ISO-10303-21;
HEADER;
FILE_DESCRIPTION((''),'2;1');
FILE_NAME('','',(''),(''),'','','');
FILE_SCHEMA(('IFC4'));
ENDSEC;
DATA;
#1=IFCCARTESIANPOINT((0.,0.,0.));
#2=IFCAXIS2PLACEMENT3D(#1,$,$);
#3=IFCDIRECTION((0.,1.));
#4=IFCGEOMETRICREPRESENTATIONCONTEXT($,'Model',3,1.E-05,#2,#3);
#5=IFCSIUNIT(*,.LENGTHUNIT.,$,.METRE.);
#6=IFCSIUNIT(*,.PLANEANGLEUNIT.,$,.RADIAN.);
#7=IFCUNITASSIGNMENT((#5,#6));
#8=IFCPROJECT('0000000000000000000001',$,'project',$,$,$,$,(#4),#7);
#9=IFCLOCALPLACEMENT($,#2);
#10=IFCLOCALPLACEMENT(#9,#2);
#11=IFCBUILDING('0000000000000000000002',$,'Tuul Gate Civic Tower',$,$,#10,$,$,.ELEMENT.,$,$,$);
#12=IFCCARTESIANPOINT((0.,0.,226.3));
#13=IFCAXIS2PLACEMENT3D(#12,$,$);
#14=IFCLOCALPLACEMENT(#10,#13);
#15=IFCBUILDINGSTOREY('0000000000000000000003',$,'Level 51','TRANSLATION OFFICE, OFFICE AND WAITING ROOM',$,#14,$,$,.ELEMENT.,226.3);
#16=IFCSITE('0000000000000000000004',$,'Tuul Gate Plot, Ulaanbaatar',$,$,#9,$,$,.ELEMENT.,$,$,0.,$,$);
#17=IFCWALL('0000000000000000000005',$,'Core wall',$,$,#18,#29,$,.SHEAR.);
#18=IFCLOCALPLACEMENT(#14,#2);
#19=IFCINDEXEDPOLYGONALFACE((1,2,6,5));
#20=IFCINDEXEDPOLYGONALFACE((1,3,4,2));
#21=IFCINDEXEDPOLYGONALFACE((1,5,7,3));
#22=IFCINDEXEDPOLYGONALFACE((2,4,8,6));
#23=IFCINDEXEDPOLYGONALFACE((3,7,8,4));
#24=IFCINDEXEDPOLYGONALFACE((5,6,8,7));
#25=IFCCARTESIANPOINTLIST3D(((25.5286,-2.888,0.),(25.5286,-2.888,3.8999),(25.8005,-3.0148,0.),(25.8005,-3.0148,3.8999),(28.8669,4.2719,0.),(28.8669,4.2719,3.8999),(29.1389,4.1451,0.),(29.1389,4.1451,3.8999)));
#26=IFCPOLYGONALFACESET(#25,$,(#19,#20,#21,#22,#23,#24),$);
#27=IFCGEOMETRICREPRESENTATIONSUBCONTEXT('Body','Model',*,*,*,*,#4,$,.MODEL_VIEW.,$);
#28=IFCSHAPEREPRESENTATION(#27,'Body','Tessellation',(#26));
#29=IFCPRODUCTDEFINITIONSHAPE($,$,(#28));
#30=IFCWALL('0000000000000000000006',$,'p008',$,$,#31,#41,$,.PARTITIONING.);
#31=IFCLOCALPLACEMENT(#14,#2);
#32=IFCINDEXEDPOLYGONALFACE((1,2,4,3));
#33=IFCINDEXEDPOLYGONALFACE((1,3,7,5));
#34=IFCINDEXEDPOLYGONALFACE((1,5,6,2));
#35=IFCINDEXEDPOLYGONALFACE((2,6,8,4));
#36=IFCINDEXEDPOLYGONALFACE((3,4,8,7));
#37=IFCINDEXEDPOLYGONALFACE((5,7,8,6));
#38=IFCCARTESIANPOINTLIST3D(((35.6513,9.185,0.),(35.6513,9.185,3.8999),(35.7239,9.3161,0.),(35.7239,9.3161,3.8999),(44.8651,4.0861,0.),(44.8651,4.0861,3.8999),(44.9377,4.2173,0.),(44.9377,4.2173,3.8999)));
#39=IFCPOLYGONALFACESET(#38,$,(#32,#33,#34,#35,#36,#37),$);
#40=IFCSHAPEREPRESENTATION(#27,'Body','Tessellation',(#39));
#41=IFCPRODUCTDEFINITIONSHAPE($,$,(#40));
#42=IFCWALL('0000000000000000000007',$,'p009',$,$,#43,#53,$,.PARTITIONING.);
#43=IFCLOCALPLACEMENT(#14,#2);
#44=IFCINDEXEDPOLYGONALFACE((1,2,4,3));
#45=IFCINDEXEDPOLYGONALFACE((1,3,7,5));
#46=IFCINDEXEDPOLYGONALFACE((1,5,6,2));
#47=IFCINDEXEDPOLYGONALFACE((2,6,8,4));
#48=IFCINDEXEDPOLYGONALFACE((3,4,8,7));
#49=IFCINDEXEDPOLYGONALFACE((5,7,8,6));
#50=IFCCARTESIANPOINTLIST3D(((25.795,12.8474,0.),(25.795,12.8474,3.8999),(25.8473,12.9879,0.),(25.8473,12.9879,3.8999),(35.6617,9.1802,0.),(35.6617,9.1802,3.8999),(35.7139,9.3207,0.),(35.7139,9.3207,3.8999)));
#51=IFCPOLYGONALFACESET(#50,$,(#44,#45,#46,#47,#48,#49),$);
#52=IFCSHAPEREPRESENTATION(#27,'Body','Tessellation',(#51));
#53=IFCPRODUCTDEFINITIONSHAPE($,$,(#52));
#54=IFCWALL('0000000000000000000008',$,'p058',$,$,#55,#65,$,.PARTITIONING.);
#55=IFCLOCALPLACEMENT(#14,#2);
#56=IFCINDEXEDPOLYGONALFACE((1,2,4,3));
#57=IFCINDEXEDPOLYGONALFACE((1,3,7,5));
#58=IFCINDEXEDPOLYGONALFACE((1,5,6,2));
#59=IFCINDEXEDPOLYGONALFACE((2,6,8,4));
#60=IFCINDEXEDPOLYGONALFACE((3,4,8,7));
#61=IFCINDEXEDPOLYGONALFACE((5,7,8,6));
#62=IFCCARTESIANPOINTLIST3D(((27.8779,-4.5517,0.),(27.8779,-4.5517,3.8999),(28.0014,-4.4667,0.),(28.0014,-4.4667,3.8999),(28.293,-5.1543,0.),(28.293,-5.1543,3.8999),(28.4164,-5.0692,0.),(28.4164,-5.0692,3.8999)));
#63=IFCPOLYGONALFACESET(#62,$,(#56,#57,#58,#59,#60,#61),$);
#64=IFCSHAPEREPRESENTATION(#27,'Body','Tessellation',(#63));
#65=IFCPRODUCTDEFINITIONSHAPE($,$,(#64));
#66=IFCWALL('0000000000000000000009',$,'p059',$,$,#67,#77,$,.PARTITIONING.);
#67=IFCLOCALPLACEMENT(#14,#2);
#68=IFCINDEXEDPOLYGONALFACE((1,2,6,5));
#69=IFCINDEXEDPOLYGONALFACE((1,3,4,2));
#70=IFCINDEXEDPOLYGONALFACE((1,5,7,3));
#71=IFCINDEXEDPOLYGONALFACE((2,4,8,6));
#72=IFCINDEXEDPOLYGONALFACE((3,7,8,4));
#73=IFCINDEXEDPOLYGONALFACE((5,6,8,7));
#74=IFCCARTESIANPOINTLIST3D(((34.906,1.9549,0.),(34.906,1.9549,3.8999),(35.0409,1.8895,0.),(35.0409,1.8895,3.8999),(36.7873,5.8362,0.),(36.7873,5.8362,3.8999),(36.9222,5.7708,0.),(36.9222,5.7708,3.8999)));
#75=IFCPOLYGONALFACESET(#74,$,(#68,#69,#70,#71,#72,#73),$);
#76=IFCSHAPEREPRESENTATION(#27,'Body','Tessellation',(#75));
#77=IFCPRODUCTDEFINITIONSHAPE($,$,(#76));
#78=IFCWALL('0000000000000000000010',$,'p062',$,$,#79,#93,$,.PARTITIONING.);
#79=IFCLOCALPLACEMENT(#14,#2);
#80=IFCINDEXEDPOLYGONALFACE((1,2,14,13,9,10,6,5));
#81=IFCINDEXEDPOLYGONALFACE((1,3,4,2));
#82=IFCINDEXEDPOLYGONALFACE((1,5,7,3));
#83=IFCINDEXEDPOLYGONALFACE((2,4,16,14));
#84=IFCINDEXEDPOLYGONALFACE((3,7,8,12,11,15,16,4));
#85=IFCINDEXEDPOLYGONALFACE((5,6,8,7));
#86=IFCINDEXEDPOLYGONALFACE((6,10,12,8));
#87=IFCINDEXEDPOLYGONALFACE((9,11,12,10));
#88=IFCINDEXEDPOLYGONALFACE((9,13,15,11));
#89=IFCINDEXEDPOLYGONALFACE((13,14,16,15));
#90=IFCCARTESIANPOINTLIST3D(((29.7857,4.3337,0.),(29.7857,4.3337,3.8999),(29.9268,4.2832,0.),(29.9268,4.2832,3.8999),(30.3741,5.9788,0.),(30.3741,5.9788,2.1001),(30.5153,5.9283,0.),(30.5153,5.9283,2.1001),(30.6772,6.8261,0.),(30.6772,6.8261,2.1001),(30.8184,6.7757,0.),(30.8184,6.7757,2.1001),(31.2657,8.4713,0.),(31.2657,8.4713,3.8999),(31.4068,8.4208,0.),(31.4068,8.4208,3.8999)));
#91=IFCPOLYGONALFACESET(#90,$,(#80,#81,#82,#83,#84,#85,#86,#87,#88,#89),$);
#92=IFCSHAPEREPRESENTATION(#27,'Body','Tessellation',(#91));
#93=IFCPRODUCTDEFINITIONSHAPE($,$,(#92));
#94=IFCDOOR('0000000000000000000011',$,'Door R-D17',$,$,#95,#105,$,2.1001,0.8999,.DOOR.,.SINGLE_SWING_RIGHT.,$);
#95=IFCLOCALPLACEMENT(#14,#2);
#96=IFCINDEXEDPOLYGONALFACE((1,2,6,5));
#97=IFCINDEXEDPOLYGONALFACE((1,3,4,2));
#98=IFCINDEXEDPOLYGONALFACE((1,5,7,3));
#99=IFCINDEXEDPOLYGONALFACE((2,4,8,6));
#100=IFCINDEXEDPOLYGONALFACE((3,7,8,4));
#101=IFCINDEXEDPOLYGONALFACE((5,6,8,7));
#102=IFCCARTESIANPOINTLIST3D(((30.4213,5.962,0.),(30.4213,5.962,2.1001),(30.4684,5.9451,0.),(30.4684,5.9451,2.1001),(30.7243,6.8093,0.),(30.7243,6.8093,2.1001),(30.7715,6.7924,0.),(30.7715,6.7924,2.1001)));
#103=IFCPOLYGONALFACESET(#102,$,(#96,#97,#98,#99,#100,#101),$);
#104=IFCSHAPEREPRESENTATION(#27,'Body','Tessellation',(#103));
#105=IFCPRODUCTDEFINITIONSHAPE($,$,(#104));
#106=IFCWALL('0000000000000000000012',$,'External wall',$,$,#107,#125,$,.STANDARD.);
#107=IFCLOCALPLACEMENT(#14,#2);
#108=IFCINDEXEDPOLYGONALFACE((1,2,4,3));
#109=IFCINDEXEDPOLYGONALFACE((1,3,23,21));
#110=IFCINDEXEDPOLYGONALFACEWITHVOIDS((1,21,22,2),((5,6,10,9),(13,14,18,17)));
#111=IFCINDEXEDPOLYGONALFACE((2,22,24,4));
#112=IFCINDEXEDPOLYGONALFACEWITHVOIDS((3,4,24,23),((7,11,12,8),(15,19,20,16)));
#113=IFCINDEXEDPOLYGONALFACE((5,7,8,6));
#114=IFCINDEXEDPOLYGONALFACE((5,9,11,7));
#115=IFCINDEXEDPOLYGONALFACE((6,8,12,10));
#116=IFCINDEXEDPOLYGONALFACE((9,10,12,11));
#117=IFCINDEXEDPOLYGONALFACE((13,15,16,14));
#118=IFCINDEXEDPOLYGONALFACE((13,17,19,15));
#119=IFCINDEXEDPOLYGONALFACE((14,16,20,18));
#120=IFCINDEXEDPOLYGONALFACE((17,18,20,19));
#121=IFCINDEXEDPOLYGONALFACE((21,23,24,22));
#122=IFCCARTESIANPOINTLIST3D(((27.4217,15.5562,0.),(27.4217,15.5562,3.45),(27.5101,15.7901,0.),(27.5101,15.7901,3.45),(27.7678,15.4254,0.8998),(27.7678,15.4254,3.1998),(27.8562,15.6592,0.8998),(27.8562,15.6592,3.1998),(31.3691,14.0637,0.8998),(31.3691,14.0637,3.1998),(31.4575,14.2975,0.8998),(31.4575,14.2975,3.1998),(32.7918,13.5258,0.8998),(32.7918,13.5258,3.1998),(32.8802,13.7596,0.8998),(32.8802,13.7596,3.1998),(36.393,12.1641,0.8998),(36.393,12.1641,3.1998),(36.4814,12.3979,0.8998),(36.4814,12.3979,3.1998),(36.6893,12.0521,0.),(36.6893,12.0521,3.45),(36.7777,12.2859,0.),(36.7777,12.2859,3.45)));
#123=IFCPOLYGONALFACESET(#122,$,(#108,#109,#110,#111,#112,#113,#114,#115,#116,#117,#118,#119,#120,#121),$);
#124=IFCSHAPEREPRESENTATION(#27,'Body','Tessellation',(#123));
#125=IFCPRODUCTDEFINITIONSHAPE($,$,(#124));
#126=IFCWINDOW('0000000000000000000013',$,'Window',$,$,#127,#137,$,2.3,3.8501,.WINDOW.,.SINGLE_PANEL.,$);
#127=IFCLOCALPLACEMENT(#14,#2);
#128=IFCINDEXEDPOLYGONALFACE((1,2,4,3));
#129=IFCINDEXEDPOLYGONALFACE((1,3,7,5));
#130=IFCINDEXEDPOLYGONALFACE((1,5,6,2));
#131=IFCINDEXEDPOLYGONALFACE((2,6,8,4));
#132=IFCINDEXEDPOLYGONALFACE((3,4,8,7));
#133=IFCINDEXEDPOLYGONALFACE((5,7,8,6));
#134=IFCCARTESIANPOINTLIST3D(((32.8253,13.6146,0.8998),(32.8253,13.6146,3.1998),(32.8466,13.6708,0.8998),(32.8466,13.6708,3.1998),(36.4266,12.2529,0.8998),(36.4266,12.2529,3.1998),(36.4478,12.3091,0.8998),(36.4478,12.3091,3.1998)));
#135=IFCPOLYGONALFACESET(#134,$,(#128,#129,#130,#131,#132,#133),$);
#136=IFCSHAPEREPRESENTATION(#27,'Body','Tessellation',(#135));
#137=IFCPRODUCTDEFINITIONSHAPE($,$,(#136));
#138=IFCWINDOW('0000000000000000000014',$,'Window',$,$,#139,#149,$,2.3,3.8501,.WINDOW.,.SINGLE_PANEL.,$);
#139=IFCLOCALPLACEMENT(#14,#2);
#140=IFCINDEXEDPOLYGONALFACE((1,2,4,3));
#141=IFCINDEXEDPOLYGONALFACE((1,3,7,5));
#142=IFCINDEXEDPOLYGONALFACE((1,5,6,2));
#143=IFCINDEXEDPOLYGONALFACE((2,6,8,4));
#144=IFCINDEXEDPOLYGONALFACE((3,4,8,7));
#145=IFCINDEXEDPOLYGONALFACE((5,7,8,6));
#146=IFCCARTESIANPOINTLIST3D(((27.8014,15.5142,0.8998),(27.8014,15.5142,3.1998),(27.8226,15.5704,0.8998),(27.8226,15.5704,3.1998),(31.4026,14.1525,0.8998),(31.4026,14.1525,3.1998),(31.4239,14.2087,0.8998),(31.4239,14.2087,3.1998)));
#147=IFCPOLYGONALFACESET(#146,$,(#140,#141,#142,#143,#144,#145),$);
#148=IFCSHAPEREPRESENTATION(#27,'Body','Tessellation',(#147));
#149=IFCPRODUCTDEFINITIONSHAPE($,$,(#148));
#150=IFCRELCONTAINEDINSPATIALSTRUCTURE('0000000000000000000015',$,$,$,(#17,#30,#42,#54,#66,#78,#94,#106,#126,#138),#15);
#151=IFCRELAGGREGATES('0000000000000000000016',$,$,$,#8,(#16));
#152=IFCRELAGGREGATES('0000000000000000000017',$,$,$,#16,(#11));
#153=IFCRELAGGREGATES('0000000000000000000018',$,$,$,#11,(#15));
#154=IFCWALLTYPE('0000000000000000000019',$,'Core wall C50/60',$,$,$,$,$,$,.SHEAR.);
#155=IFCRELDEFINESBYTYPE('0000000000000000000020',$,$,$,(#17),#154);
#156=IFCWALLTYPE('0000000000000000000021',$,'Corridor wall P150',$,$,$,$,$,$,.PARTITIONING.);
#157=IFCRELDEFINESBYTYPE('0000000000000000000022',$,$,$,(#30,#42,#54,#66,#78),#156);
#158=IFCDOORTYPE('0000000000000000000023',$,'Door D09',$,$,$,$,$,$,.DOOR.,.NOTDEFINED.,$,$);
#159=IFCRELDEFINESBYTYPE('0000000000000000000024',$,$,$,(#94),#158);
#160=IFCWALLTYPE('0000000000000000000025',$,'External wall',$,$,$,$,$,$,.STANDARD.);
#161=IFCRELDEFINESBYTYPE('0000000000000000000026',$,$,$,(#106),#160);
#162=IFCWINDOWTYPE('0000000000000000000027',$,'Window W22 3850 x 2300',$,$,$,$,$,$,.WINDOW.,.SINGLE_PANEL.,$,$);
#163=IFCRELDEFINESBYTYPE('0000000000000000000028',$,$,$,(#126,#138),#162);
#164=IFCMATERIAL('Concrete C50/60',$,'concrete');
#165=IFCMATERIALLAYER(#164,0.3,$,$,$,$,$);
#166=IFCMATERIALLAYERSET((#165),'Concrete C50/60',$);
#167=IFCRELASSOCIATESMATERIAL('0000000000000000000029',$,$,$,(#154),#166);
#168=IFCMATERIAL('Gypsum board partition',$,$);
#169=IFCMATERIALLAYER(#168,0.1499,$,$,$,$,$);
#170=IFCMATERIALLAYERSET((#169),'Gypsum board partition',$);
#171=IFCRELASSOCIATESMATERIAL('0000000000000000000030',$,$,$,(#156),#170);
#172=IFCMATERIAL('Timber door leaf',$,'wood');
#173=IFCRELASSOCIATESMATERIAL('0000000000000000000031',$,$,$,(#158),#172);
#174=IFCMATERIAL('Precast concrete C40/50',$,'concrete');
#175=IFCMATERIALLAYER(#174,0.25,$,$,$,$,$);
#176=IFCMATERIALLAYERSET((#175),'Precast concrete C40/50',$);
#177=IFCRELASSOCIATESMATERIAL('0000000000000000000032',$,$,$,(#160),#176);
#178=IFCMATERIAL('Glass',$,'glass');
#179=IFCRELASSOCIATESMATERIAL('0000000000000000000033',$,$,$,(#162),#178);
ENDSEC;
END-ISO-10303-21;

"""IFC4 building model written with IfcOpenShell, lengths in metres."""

from ifc_helpers import new_model, si_unit, direction, frame, frame_2d, origin, place, context, subcontext, project, spatial, rectangle, extrude, material, layer, layer_set, type_object, element, fill, save


model = new_model("IFC4")

# Units and contexts
model_context = context("Model", 3, precision=1e-05, world=origin(), true_north=direction((0.0, 1.0)))
body_context = subcontext(model_context, "Body", "Model", "MODEL_VIEW")
ifc_project = project(units=[si_unit("LENGTHUNIT", "METRE"), si_unit("PLANEANGLEUNIT", "RADIAN")], contexts=[model_context])

# Site, building, storey
site_placement = place(None, origin())
site = spatial("IfcSite", under=ifc_project, at=site_placement, Name="Tuul Gate Plot, Ulaanbaatar", CompositionType="ELEMENT", RefElevation=0.0)
building_placement = place(site_placement, origin())
building = spatial("IfcBuilding", under=site, at=building_placement, Name="Tuul Gate Civic Tower", CompositionType="ELEMENT")
storey_placement = place(building_placement, frame((0.0, 0.0, 226.3)))
storey = spatial("IfcBuildingStorey", under=building, at=storey_placement, Name="Level 51", Description="TRANSLATION OFFICE, OFFICE AND WAITING ROOM", CompositionType="ELEMENT", Elevation=226.3)

# Shared definitions
ifc_material_1 = material(Name="Concrete C50/60", Category="concrete")
ifc_layer_1 = layer(ifc_material_1, 0.3)
ifc_layer_set_1 = layer_set([ifc_layer_1], Name="Concrete C50/60")
wall_type_1 = type_object("IfcWallType", Name="Core wall C50/60", PredefinedType="SHEAR", material=ifc_layer_set_1)

# Walls
wall_1_placement = place(storey_placement, frame((25.6646, -2.9514, 0.0), z_axis=(0.0, 0.0, 1.0), x_axis=(0.422583, 0.906324, 0.0)))
element("IfcWall", 1, at=wall_1_placement, inside=storey, type_object=wall_type_1, Name="Core wall", PredefinedType="SHEAR", context=body_context, shape_type="SweptSolid", body=[
    extrude(rectangle(XDim=7.8999, YDim=0.3, at=frame_2d((3.95, 0.0))), origin(), (0.0, 0.0, 1.0), 3.8999),
])
ifc_material_2 = material(Name="Gypsum board partition")
ifc_layer_2 = layer(ifc_material_2, 0.1499)
ifc_layer_set_2 = layer_set([ifc_layer_2], Name="Gypsum board partition")
wall_type_2 = type_object("IfcWallType", Name="Corridor wall P150", PredefinedType="PARTITIONING", material=ifc_layer_set_2)
wall_2_placement = place(storey_placement, frame((35.6877, 9.2505, 0.0), z_axis=(0.0, 0.0, 1.0), x_axis=(0.87496, -0.484195, 0.0)))
element("IfcWall", 2, at=wall_2_placement, inside=storey, type_object=wall_type_2, Name="p008", PredefinedType="PARTITIONING", context=body_context, shape_type="SweptSolid", body=[
    extrude(rectangle(XDim=10.5305, YDim=0.1499, at=frame_2d((5.2651, 0.0))), origin(), (0.0, 0.0, 1.0), 3.8999),
])
wall_3_placement = place(storey_placement, frame((25.821, 12.9177, 0.0), z_axis=(0.0, 0.0, 1.0), x_axis=(0.937349, -0.348392, 0.0)))
element("IfcWall", 3, at=wall_3_placement, inside=storey, type_object=wall_type_2, Name="p009", PredefinedType="PARTITIONING", context=body_context, shape_type="SweptSolid", body=[
    extrude(rectangle(XDim=10.5261, YDim=0.1499, at=frame_2d((5.2632, 0.0))), origin(), (0.0, 0.0, 1.0), 3.8999),
])
wall_4_placement = place(storey_placement, frame((27.9397, -4.5093, 0.0), z_axis=(0.0, 0.0, 1.0), x_axis=(0.567265, -0.823535, 0.0)))
element("IfcWall", 4, at=wall_4_placement, inside=storey, type_object=wall_type_2, Name="p058", PredefinedType="PARTITIONING", context=body_context, shape_type="SweptSolid", body=[
    extrude(rectangle(XDim=0.7317, YDim=0.1499, at=frame_2d((0.3657, 0.0))), origin(), (0.0, 0.0, 1.0), 3.8999),
])
wall_5_placement = place(storey_placement, frame((34.9734, 1.9221, 0.0), z_axis=(0.0, 0.0, 1.0), x_axis=(0.436176, 0.899861, 0.0)))
element("IfcWall", 5, at=wall_5_placement, inside=storey, type_object=wall_type_2, Name="p059", PredefinedType="PARTITIONING", context=body_context, shape_type="SweptSolid", body=[
    extrude(rectangle(XDim=4.3132, YDim=0.1499, at=frame_2d((2.1567, 0.0))), origin(), (0.0, 0.0, 1.0), 3.8999),
])

# Wall, opening, door
wall_6_placement = place(storey_placement, frame((29.8562, 4.3083, 0.0), z_axis=(0.0, 0.0, 1.0), x_axis=(0.336804, 0.941575, 0.0)))
wall_6 = element("IfcWall", 6, at=wall_6_placement, inside=storey, type_object=wall_type_2, Name="p062", PredefinedType="PARTITIONING", context=body_context, shape_type="SweptSolid", body=[
    extrude(rectangle(XDim=4.3943, YDim=0.1499, at=frame_2d((2.1973, 0.0))), origin(), (0.0, 0.0, 1.0), 3.8999),
])
opening_1_placement = place(wall_6_placement, frame((1.7473, 0.0, 0.0)))
opening_1 = element("IfcOpeningElement", 7, at=opening_1_placement, cuts=wall_6, PredefinedType="OPENING", context=body_context, shape_type="SweptSolid", body=[
    extrude(rectangle(XDim=0.8999, YDim=2.1001, at=frame_2d((0.45, 1.05))), frame((0.0, 0.085, 0.0), z_axis=(0.0, -1.0, 0.0), x_axis=(1.0, 0.0, 0.0)), (0.0, 0.0, 1.0), 0.1699),
])
ifc_material_3 = material(Name="Timber door leaf", Category="wood")
door_type_1 = type_object("IfcDoorType", Name="Door D09", OperationType="NOTDEFINED", PredefinedType="DOOR", material=ifc_material_3)
door_1_placement = place(opening_1_placement, origin())
door_1 = element("IfcDoor", 8, at=door_1_placement, inside=storey, type_object=door_type_1, Name="Door R-D17", OperationType="SINGLE_SWING_RIGHT", OverallHeight=2.1001, OverallWidth=0.8999, PredefinedType="DOOR", context=body_context, shape_type="SweptSolid", body=[
    extrude(rectangle(XDim=0.8999, YDim=2.1001, at=frame_2d((0.45, 1.05))), frame((0.0, 0.0249, 0.0), z_axis=(0.0, -1.0, 0.0), x_axis=(1.0, 0.0, 0.0)), (0.0, 0.0, 1.0), 0.05),
])
fill(opening_1, door_1)

# Wall, openings, windows
ifc_material_4 = material(Name="Precast concrete C40/50", Category="concrete")
ifc_layer_3 = layer(ifc_material_4, 0.25)
ifc_layer_set_3 = layer_set([ifc_layer_3], Name="Precast concrete C40/50")
wall_type_3 = type_object("IfcWallType", Name="External wall", PredefinedType="STANDARD", material=ifc_layer_set_3)
wall_7_placement = place(storey_placement, frame((36.7336, 12.1689, 0.0), z_axis=(0.0, 0.0, 1.0), x_axis=(-0.93537, 0.353671, 0.0)))
wall_7 = element("IfcWall", 9, at=wall_7_placement, inside=storey, type_object=wall_type_3, Name="External wall", PredefinedType="STANDARD", context=body_context, shape_type="SweptSolid", body=[
    extrude(rectangle(XDim=9.908, YDim=0.25, at=frame_2d((4.9541, 0.0))), origin(), (0.0, 0.0, 1.0), 3.45),
])
opening_2_placement = place(wall_7_placement, frame((0.3169, 0.0, 0.8999)))
opening_2 = element("IfcOpeningElement", 10, at=opening_2_placement, cuts=wall_7, PredefinedType="OPENING", context=body_context, shape_type="SweptSolid", body=[
    extrude(rectangle(XDim=3.8501, YDim=2.3, at=frame_2d((1.925, 1.1499))), frame((0.0, 0.135, 0.0), z_axis=(0.0, -1.0, 0.0), x_axis=(1.0, 0.0, 0.0)), (0.0, 0.0, 1.0), 0.27),
])
opening_3_placement = place(wall_7_placement, frame((5.688, 0.0, 0.8999)))
opening_3 = element("IfcOpeningElement", 11, at=opening_3_placement, cuts=wall_7, PredefinedType="OPENING", context=body_context, shape_type="SweptSolid", body=[
    extrude(rectangle(XDim=3.8501, YDim=2.3, at=frame_2d((1.925, 1.1499))), frame((0.0, 0.135, 0.0), z_axis=(0.0, -1.0, 0.0), x_axis=(1.0, 0.0, 0.0)), (0.0, 0.0, 1.0), 0.27),
])
ifc_material_5 = material(Name="Glass", Category="glass")
window_type = type_object("IfcWindowType", Name="Window W22 3850 x 2300", PartitioningType="SINGLE_PANEL", PredefinedType="WINDOW", material=ifc_material_5)
window_1_placement = place(opening_2_placement, origin())
window_1 = element("IfcWindow", 12, at=window_1_placement, inside=storey, type_object=window_type, Name="Window", OverallHeight=2.3, OverallWidth=3.8501, PartitioningType="SINGLE_PANEL", PredefinedType="WINDOW", context=body_context, shape_type="SweptSolid", body=[
    extrude(rectangle(XDim=3.8501, YDim=2.3, at=frame_2d((1.925, 1.1499))), frame((0.0, 0.03, 0.0), z_axis=(0.0, -1.0, 0.0), x_axis=(1.0, 0.0, 0.0)), (0.0, 0.0, 1.0), 0.0601),
])
fill(opening_2, window_1)
window_2_placement = place(opening_3_placement, origin())
window_2 = element("IfcWindow", 13, at=window_2_placement, inside=storey, type_object=window_type, Name="Window", OverallHeight=2.3, OverallWidth=3.8501, PartitioningType="SINGLE_PANEL", PredefinedType="WINDOW", context=body_context, shape_type="SweptSolid", body=[
    extrude(rectangle(XDim=3.8501, YDim=2.3, at=frame_2d((1.925, 1.1499))), frame((0.0, 0.03, 0.0), z_axis=(0.0, -1.0, 0.0), x_axis=(1.0, 0.0, 0.0)), (0.0, 0.0, 1.0), 0.0601),
])
fill(opening_3, window_2)

save(model, "model.ifc")
